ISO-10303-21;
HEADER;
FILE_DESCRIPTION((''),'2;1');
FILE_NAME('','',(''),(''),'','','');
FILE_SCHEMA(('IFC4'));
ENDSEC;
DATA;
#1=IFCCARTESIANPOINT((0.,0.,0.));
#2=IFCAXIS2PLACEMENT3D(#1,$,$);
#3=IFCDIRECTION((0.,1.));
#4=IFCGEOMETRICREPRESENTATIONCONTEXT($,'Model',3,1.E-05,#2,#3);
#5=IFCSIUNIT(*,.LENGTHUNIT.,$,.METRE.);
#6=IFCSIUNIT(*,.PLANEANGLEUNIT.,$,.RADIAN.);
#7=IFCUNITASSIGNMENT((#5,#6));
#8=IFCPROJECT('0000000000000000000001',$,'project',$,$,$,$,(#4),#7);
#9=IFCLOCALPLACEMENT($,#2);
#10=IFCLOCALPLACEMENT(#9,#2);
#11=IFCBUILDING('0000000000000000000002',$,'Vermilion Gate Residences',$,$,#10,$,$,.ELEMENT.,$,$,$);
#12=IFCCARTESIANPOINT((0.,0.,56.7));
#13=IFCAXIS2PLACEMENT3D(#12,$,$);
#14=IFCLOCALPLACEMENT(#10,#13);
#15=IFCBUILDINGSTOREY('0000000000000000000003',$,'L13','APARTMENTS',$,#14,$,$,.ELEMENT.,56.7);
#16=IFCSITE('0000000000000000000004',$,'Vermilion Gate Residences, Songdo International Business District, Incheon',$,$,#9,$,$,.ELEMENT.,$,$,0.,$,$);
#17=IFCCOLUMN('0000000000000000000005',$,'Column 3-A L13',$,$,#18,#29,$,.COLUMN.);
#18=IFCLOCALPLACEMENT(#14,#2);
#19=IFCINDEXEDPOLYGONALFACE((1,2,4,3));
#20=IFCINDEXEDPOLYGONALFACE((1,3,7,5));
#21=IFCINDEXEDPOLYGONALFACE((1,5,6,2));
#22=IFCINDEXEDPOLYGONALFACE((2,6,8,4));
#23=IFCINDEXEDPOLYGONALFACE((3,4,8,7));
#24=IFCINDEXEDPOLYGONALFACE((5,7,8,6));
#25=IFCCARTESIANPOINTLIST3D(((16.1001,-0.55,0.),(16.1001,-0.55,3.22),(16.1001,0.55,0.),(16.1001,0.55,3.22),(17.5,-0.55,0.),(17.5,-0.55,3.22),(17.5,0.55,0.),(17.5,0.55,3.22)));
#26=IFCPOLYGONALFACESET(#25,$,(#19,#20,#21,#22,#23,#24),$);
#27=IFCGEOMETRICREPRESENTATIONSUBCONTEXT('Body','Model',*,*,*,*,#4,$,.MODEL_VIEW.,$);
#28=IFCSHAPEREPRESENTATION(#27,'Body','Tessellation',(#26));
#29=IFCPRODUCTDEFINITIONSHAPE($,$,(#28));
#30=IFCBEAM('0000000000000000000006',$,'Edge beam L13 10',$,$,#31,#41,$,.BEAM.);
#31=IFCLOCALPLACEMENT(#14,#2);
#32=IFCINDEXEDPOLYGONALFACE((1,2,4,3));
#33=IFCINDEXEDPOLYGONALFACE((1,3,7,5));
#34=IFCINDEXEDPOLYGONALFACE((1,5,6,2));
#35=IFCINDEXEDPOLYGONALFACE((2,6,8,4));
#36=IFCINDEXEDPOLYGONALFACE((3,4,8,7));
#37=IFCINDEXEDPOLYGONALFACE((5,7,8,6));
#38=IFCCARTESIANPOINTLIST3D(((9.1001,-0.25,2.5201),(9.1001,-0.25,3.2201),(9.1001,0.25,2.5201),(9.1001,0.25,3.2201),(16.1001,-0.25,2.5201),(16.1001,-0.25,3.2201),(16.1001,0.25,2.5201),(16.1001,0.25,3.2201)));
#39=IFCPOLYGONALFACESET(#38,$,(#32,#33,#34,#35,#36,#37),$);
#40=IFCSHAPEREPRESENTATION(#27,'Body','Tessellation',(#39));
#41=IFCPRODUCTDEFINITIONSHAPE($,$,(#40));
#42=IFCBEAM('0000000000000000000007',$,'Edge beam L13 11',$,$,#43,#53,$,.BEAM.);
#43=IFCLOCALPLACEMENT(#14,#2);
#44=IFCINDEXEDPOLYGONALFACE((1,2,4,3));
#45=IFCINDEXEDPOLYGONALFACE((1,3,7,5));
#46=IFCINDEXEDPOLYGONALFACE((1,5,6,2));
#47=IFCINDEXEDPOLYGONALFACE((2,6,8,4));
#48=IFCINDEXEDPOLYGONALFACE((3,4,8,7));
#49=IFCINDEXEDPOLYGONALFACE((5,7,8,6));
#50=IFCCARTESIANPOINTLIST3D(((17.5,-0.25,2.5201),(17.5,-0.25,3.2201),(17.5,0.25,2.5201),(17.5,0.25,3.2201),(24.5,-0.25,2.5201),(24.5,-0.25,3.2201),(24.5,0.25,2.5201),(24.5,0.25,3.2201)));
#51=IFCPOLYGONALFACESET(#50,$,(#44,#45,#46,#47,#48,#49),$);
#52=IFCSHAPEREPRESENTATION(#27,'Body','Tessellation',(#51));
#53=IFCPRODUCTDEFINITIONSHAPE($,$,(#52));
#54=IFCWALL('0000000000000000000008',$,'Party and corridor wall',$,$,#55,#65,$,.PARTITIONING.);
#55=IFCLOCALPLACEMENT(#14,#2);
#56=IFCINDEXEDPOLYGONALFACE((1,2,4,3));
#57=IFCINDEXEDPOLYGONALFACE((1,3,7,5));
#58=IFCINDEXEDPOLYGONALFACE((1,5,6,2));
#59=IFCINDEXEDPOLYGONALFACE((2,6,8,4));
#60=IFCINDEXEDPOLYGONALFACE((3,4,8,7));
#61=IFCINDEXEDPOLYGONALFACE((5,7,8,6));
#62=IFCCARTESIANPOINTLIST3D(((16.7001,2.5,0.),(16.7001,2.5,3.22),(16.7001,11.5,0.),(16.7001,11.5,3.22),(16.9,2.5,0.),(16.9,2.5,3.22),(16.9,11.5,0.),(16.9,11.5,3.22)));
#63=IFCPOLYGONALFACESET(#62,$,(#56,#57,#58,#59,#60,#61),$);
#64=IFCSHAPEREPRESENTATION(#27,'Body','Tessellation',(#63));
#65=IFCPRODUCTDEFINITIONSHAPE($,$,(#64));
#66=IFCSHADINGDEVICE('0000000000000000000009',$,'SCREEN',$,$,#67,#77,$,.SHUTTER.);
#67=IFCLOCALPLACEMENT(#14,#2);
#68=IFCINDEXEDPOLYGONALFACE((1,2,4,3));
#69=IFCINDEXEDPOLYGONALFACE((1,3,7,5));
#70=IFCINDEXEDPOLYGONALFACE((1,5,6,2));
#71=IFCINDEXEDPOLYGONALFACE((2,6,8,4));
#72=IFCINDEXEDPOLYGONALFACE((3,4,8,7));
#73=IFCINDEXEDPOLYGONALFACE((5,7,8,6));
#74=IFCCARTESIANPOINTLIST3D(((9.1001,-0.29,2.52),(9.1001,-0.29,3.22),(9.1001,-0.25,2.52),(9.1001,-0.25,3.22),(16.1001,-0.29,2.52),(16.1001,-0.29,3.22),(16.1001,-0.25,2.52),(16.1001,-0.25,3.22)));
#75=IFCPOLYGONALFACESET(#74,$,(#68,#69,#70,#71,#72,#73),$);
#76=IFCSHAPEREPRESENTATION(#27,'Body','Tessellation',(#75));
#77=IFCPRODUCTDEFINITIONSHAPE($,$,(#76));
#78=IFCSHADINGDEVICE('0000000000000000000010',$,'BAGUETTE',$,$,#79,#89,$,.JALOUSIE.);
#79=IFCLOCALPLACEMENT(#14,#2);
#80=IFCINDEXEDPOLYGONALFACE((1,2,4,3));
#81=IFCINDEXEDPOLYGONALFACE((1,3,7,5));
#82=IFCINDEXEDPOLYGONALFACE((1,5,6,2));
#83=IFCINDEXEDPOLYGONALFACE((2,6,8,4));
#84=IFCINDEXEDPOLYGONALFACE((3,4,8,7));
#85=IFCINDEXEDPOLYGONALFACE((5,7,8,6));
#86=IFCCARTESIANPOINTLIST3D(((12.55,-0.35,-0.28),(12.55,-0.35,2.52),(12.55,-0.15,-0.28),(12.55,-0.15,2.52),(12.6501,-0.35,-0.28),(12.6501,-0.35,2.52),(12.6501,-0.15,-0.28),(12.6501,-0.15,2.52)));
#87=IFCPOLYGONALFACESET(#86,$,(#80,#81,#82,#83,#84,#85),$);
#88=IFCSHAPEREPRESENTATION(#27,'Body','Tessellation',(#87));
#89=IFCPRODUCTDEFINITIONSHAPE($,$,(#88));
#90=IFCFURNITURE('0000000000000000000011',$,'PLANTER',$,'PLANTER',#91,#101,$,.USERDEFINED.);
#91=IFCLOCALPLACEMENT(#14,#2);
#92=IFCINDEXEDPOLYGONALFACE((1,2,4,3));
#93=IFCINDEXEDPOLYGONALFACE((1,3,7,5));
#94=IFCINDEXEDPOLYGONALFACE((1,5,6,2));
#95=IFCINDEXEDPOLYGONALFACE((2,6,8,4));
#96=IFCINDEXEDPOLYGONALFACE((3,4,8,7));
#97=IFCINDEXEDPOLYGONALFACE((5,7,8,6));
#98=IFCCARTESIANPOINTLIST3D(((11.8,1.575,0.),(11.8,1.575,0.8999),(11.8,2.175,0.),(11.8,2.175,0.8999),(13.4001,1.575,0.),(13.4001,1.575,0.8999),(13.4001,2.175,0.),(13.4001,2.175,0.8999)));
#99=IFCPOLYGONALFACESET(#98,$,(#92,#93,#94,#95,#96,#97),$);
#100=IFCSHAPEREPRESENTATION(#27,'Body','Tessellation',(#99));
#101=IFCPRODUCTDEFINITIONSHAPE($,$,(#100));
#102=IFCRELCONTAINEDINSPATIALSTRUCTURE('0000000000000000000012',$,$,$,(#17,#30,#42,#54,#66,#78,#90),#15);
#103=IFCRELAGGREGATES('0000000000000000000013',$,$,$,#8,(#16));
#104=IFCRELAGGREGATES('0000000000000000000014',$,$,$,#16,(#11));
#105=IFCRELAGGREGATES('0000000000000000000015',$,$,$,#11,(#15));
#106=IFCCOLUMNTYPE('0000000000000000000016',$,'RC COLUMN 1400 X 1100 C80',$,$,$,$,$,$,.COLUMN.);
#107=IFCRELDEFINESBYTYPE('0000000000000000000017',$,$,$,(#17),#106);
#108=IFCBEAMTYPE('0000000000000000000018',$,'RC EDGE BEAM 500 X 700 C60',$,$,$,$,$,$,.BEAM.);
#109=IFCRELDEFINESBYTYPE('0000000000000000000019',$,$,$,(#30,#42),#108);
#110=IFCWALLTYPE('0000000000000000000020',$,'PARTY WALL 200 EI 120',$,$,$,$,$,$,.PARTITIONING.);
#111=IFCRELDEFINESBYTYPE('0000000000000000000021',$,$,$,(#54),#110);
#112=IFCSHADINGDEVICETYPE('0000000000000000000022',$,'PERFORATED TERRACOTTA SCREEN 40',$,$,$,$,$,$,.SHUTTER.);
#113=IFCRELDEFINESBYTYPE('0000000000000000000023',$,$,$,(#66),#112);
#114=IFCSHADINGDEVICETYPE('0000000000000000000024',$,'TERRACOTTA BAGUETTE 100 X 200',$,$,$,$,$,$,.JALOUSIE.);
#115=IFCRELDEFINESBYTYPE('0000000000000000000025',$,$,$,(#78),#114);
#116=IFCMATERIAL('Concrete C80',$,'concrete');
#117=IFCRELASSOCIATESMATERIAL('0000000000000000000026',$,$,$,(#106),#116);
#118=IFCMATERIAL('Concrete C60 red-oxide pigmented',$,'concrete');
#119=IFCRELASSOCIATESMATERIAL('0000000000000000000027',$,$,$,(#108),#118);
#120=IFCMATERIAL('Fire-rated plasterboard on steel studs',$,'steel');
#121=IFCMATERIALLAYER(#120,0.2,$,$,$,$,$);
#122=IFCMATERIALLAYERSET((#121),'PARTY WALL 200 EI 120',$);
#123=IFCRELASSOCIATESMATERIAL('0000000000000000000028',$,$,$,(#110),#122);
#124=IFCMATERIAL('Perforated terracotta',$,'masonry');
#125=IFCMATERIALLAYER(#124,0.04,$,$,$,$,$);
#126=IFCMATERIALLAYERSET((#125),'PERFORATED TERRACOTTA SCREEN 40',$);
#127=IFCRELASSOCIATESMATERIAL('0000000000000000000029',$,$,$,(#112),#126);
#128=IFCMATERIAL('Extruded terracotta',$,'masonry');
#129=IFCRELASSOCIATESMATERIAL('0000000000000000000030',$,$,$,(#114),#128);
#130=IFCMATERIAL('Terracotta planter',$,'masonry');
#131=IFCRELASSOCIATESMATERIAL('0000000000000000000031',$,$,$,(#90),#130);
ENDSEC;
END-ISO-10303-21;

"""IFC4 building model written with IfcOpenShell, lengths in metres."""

from ifc_helpers import new_model, si_unit, direction, frame, frame_2d, origin, origin_2d, place, context, subcontext, project, spatial, rectangle, extrude, material, layer, layer_set, material_profile, profile_set, type_object, element, save


model = new_model("IFC4")

# Units and contexts
model_context = context("Model", 3, precision=1e-05, world=origin(), true_north=direction((0.0, 1.0)))
body_context = subcontext(model_context, "Body", "Model", "MODEL_VIEW")
ifc_project = project(units=[si_unit("LENGTHUNIT", "METRE"), si_unit("PLANEANGLEUNIT", "RADIAN")], contexts=[model_context])

# Site, building, storey
site_placement = place(None, origin())
site = spatial("IfcSite", under=ifc_project, at=site_placement, Name="Vermilion Gate Residences, Songdo International Business District, Incheon", CompositionType="ELEMENT", RefElevation=0.0)
building_placement = place(site_placement, origin())
building = spatial("IfcBuilding", under=site, at=building_placement, Name="Vermilion Gate Residences", CompositionType="ELEMENT")
storey_placement = place(building_placement, frame((0.0, 0.0, 56.7)))
storey = spatial("IfcBuildingStorey", under=building, at=storey_placement, Name="L13", Description="APARTMENTS", CompositionType="ELEMENT", Elevation=56.7)

# Column
ifc_material_1 = material(Name="Concrete C80", Category="concrete")
ifc_material_profile_1 = material_profile(ifc_material_1, rectangle(XDim=1.3999, YDim=1.1001, at=origin_2d()), Name="RC-1400x1100")
ifc_profile_set_1 = profile_set([ifc_material_profile_1], Name="Concrete C80")
column_type = type_object("IfcColumnType", Name="RC COLUMN 1400 X 1100 C80", PredefinedType="COLUMN", material=ifc_profile_set_1)
column_placement = place(storey_placement, frame((16.8, 0.0, 0.0), z_axis=(0.0, 0.0, 1.0), x_axis=(1.0, 0.0, 0.0)))
element("IfcColumn", 1, at=column_placement, inside=storey, type_object=column_type, Name="Column 3-A L13", PredefinedType="COLUMN", context=body_context, shape_type="SweptSolid", body=[
    extrude(rectangle(XDim=1.3999, YDim=1.1001, at=origin_2d()), origin(), (0.0, 0.0, 1.0), 3.22),
])

# Beams
ifc_material_2 = material(Name="Concrete C60 red-oxide pigmented", Category="concrete")
ifc_material_profile_2 = material_profile(ifc_material_2, rectangle(XDim=0.5, YDim=0.7, at=origin_2d()), Name="RC-500x700")
ifc_profile_set_2 = profile_set([ifc_material_profile_2], Name="Concrete C60 red-oxide pigmented")
beam_type = type_object("IfcBeamType", Name="RC EDGE BEAM 500 X 700 C60", PredefinedType="BEAM", material=ifc_profile_set_2)
for number, where, z_axis, x_axis, name in (
    (2, (9.1001, 0.0, 2.8701), (1.0, 0.0, 0.0), (0.0, 1.0, 0.0), "Edge beam L13 10"),
    (3, (17.5, 0.0, 2.8701), (1.0, 0.0, 0.0), (0.0, 1.0, 0.0), "Edge beam L13 11"),
):
    element("IfcBeam", number, at=place(storey_placement, frame(where, z_axis=z_axis, x_axis=x_axis)), inside=storey, type_object=beam_type, Name=name, PredefinedType="BEAM", context=body_context, shape_type="SweptSolid", body=[
        extrude(rectangle(XDim=0.5, YDim=0.7, at=origin_2d()), origin(), (0.0, 0.0, 1.0), 7.0),
    ])

# Wall
ifc_material_3 = material(Name="Fire-rated plasterboard on steel studs", Category="steel")
ifc_layer_1 = layer(ifc_material_3, 0.2)
ifc_layer_set_1 = layer_set([ifc_layer_1], Name="PARTY WALL 200 EI 120")
wall_type = type_object("IfcWallType", Name="PARTY WALL 200 EI 120", PredefinedType="PARTITIONING", material=ifc_layer_set_1)
wall_placement = place(storey_placement, frame((16.8, 2.5, 0.0), z_axis=(0.0, 0.0, 1.0), x_axis=(0.0, 1.0, 0.0)))
element("IfcWall", 4, at=wall_placement, inside=storey, type_object=wall_type, Name="Party and corridor wall", PredefinedType="PARTITIONING", context=body_context, shape_type="SweptSolid", body=[
    extrude(rectangle(XDim=9.0, YDim=0.2, at=frame_2d((4.5, 0.0))), origin(), (0.0, 0.0, 1.0), 3.22),
])

# Shading devices
ifc_material_4 = material(Name="Perforated terracotta", Category="masonry")
ifc_layer_2 = layer(ifc_material_4, 0.04)
ifc_layer_set_2 = layer_set([ifc_layer_2], Name="PERFORATED TERRACOTTA SCREEN 40")
shading_device_type_1 = type_object("IfcShadingDeviceType", Name="PERFORATED TERRACOTTA SCREEN 40", PredefinedType="SHUTTER", material=ifc_layer_set_2)
shading_device_1_placement = place(storey_placement, frame((12.6001, -0.27, 2.52), z_axis=(0.0, 0.0, 1.0), x_axis=(1.0, 0.0, 0.0)))
element("IfcShadingDevice", 5, at=shading_device_1_placement, inside=storey, type_object=shading_device_type_1, Name="SCREEN", PredefinedType="SHUTTER", context=body_context, shape_type="SweptSolid", body=[
    extrude(rectangle(XDim=7.0, YDim=0.04, at=origin_2d()), origin(), (0.0, 0.0, 1.0), 0.7),
])
ifc_material_5 = material(Name="Extruded terracotta", Category="masonry")
ifc_material_profile_3 = material_profile(ifc_material_5, rectangle(XDim=0.2, YDim=0.1001, at=origin_2d()), Name="BAGUETTE 100 X 200")
ifc_profile_set_3 = profile_set([ifc_material_profile_3], Name="Extruded terracotta")
shading_device_type_2 = type_object("IfcShadingDeviceType", Name="TERRACOTTA BAGUETTE 100 X 200", PredefinedType="JALOUSIE", material=ifc_profile_set_3)
shading_device_2_placement = place(storey_placement, frame((12.6001, -0.25, -0.28), z_axis=(0.0, 0.0, 1.0), x_axis=(0.0, 1.0, 0.0)))
element("IfcShadingDevice", 6, at=shading_device_2_placement, inside=storey, type_object=shading_device_type_2, Name="BAGUETTE", PredefinedType="JALOUSIE", context=body_context, shape_type="SweptSolid", body=[
    extrude(rectangle(XDim=0.2, YDim=0.1001, at=origin_2d()), origin(), (0.0, 0.0, 1.0), 2.8),
])

# Furniture
ifc_material_6 = material(Name="Terracotta planter", Category="masonry")
furniture_placement = place(storey_placement, frame((12.6001, 1.875, 0.0), z_axis=(0.0, 0.0, 1.0), x_axis=(1.0, 0.0, 0.0)))
element("IfcFurniture", 7, at=furniture_placement, inside=storey, material=ifc_material_6, Name="PLANTER", ObjectType="PLANTER", PredefinedType="USERDEFINED", context=body_context, shape_type="SweptSolid", body=[
    extrude(rectangle(XDim=1.6001, YDim=0.6001, at=origin_2d()), origin(), (0.0, 0.0, 1.0), 0.8999),
])

save(model, "model.ifc")
